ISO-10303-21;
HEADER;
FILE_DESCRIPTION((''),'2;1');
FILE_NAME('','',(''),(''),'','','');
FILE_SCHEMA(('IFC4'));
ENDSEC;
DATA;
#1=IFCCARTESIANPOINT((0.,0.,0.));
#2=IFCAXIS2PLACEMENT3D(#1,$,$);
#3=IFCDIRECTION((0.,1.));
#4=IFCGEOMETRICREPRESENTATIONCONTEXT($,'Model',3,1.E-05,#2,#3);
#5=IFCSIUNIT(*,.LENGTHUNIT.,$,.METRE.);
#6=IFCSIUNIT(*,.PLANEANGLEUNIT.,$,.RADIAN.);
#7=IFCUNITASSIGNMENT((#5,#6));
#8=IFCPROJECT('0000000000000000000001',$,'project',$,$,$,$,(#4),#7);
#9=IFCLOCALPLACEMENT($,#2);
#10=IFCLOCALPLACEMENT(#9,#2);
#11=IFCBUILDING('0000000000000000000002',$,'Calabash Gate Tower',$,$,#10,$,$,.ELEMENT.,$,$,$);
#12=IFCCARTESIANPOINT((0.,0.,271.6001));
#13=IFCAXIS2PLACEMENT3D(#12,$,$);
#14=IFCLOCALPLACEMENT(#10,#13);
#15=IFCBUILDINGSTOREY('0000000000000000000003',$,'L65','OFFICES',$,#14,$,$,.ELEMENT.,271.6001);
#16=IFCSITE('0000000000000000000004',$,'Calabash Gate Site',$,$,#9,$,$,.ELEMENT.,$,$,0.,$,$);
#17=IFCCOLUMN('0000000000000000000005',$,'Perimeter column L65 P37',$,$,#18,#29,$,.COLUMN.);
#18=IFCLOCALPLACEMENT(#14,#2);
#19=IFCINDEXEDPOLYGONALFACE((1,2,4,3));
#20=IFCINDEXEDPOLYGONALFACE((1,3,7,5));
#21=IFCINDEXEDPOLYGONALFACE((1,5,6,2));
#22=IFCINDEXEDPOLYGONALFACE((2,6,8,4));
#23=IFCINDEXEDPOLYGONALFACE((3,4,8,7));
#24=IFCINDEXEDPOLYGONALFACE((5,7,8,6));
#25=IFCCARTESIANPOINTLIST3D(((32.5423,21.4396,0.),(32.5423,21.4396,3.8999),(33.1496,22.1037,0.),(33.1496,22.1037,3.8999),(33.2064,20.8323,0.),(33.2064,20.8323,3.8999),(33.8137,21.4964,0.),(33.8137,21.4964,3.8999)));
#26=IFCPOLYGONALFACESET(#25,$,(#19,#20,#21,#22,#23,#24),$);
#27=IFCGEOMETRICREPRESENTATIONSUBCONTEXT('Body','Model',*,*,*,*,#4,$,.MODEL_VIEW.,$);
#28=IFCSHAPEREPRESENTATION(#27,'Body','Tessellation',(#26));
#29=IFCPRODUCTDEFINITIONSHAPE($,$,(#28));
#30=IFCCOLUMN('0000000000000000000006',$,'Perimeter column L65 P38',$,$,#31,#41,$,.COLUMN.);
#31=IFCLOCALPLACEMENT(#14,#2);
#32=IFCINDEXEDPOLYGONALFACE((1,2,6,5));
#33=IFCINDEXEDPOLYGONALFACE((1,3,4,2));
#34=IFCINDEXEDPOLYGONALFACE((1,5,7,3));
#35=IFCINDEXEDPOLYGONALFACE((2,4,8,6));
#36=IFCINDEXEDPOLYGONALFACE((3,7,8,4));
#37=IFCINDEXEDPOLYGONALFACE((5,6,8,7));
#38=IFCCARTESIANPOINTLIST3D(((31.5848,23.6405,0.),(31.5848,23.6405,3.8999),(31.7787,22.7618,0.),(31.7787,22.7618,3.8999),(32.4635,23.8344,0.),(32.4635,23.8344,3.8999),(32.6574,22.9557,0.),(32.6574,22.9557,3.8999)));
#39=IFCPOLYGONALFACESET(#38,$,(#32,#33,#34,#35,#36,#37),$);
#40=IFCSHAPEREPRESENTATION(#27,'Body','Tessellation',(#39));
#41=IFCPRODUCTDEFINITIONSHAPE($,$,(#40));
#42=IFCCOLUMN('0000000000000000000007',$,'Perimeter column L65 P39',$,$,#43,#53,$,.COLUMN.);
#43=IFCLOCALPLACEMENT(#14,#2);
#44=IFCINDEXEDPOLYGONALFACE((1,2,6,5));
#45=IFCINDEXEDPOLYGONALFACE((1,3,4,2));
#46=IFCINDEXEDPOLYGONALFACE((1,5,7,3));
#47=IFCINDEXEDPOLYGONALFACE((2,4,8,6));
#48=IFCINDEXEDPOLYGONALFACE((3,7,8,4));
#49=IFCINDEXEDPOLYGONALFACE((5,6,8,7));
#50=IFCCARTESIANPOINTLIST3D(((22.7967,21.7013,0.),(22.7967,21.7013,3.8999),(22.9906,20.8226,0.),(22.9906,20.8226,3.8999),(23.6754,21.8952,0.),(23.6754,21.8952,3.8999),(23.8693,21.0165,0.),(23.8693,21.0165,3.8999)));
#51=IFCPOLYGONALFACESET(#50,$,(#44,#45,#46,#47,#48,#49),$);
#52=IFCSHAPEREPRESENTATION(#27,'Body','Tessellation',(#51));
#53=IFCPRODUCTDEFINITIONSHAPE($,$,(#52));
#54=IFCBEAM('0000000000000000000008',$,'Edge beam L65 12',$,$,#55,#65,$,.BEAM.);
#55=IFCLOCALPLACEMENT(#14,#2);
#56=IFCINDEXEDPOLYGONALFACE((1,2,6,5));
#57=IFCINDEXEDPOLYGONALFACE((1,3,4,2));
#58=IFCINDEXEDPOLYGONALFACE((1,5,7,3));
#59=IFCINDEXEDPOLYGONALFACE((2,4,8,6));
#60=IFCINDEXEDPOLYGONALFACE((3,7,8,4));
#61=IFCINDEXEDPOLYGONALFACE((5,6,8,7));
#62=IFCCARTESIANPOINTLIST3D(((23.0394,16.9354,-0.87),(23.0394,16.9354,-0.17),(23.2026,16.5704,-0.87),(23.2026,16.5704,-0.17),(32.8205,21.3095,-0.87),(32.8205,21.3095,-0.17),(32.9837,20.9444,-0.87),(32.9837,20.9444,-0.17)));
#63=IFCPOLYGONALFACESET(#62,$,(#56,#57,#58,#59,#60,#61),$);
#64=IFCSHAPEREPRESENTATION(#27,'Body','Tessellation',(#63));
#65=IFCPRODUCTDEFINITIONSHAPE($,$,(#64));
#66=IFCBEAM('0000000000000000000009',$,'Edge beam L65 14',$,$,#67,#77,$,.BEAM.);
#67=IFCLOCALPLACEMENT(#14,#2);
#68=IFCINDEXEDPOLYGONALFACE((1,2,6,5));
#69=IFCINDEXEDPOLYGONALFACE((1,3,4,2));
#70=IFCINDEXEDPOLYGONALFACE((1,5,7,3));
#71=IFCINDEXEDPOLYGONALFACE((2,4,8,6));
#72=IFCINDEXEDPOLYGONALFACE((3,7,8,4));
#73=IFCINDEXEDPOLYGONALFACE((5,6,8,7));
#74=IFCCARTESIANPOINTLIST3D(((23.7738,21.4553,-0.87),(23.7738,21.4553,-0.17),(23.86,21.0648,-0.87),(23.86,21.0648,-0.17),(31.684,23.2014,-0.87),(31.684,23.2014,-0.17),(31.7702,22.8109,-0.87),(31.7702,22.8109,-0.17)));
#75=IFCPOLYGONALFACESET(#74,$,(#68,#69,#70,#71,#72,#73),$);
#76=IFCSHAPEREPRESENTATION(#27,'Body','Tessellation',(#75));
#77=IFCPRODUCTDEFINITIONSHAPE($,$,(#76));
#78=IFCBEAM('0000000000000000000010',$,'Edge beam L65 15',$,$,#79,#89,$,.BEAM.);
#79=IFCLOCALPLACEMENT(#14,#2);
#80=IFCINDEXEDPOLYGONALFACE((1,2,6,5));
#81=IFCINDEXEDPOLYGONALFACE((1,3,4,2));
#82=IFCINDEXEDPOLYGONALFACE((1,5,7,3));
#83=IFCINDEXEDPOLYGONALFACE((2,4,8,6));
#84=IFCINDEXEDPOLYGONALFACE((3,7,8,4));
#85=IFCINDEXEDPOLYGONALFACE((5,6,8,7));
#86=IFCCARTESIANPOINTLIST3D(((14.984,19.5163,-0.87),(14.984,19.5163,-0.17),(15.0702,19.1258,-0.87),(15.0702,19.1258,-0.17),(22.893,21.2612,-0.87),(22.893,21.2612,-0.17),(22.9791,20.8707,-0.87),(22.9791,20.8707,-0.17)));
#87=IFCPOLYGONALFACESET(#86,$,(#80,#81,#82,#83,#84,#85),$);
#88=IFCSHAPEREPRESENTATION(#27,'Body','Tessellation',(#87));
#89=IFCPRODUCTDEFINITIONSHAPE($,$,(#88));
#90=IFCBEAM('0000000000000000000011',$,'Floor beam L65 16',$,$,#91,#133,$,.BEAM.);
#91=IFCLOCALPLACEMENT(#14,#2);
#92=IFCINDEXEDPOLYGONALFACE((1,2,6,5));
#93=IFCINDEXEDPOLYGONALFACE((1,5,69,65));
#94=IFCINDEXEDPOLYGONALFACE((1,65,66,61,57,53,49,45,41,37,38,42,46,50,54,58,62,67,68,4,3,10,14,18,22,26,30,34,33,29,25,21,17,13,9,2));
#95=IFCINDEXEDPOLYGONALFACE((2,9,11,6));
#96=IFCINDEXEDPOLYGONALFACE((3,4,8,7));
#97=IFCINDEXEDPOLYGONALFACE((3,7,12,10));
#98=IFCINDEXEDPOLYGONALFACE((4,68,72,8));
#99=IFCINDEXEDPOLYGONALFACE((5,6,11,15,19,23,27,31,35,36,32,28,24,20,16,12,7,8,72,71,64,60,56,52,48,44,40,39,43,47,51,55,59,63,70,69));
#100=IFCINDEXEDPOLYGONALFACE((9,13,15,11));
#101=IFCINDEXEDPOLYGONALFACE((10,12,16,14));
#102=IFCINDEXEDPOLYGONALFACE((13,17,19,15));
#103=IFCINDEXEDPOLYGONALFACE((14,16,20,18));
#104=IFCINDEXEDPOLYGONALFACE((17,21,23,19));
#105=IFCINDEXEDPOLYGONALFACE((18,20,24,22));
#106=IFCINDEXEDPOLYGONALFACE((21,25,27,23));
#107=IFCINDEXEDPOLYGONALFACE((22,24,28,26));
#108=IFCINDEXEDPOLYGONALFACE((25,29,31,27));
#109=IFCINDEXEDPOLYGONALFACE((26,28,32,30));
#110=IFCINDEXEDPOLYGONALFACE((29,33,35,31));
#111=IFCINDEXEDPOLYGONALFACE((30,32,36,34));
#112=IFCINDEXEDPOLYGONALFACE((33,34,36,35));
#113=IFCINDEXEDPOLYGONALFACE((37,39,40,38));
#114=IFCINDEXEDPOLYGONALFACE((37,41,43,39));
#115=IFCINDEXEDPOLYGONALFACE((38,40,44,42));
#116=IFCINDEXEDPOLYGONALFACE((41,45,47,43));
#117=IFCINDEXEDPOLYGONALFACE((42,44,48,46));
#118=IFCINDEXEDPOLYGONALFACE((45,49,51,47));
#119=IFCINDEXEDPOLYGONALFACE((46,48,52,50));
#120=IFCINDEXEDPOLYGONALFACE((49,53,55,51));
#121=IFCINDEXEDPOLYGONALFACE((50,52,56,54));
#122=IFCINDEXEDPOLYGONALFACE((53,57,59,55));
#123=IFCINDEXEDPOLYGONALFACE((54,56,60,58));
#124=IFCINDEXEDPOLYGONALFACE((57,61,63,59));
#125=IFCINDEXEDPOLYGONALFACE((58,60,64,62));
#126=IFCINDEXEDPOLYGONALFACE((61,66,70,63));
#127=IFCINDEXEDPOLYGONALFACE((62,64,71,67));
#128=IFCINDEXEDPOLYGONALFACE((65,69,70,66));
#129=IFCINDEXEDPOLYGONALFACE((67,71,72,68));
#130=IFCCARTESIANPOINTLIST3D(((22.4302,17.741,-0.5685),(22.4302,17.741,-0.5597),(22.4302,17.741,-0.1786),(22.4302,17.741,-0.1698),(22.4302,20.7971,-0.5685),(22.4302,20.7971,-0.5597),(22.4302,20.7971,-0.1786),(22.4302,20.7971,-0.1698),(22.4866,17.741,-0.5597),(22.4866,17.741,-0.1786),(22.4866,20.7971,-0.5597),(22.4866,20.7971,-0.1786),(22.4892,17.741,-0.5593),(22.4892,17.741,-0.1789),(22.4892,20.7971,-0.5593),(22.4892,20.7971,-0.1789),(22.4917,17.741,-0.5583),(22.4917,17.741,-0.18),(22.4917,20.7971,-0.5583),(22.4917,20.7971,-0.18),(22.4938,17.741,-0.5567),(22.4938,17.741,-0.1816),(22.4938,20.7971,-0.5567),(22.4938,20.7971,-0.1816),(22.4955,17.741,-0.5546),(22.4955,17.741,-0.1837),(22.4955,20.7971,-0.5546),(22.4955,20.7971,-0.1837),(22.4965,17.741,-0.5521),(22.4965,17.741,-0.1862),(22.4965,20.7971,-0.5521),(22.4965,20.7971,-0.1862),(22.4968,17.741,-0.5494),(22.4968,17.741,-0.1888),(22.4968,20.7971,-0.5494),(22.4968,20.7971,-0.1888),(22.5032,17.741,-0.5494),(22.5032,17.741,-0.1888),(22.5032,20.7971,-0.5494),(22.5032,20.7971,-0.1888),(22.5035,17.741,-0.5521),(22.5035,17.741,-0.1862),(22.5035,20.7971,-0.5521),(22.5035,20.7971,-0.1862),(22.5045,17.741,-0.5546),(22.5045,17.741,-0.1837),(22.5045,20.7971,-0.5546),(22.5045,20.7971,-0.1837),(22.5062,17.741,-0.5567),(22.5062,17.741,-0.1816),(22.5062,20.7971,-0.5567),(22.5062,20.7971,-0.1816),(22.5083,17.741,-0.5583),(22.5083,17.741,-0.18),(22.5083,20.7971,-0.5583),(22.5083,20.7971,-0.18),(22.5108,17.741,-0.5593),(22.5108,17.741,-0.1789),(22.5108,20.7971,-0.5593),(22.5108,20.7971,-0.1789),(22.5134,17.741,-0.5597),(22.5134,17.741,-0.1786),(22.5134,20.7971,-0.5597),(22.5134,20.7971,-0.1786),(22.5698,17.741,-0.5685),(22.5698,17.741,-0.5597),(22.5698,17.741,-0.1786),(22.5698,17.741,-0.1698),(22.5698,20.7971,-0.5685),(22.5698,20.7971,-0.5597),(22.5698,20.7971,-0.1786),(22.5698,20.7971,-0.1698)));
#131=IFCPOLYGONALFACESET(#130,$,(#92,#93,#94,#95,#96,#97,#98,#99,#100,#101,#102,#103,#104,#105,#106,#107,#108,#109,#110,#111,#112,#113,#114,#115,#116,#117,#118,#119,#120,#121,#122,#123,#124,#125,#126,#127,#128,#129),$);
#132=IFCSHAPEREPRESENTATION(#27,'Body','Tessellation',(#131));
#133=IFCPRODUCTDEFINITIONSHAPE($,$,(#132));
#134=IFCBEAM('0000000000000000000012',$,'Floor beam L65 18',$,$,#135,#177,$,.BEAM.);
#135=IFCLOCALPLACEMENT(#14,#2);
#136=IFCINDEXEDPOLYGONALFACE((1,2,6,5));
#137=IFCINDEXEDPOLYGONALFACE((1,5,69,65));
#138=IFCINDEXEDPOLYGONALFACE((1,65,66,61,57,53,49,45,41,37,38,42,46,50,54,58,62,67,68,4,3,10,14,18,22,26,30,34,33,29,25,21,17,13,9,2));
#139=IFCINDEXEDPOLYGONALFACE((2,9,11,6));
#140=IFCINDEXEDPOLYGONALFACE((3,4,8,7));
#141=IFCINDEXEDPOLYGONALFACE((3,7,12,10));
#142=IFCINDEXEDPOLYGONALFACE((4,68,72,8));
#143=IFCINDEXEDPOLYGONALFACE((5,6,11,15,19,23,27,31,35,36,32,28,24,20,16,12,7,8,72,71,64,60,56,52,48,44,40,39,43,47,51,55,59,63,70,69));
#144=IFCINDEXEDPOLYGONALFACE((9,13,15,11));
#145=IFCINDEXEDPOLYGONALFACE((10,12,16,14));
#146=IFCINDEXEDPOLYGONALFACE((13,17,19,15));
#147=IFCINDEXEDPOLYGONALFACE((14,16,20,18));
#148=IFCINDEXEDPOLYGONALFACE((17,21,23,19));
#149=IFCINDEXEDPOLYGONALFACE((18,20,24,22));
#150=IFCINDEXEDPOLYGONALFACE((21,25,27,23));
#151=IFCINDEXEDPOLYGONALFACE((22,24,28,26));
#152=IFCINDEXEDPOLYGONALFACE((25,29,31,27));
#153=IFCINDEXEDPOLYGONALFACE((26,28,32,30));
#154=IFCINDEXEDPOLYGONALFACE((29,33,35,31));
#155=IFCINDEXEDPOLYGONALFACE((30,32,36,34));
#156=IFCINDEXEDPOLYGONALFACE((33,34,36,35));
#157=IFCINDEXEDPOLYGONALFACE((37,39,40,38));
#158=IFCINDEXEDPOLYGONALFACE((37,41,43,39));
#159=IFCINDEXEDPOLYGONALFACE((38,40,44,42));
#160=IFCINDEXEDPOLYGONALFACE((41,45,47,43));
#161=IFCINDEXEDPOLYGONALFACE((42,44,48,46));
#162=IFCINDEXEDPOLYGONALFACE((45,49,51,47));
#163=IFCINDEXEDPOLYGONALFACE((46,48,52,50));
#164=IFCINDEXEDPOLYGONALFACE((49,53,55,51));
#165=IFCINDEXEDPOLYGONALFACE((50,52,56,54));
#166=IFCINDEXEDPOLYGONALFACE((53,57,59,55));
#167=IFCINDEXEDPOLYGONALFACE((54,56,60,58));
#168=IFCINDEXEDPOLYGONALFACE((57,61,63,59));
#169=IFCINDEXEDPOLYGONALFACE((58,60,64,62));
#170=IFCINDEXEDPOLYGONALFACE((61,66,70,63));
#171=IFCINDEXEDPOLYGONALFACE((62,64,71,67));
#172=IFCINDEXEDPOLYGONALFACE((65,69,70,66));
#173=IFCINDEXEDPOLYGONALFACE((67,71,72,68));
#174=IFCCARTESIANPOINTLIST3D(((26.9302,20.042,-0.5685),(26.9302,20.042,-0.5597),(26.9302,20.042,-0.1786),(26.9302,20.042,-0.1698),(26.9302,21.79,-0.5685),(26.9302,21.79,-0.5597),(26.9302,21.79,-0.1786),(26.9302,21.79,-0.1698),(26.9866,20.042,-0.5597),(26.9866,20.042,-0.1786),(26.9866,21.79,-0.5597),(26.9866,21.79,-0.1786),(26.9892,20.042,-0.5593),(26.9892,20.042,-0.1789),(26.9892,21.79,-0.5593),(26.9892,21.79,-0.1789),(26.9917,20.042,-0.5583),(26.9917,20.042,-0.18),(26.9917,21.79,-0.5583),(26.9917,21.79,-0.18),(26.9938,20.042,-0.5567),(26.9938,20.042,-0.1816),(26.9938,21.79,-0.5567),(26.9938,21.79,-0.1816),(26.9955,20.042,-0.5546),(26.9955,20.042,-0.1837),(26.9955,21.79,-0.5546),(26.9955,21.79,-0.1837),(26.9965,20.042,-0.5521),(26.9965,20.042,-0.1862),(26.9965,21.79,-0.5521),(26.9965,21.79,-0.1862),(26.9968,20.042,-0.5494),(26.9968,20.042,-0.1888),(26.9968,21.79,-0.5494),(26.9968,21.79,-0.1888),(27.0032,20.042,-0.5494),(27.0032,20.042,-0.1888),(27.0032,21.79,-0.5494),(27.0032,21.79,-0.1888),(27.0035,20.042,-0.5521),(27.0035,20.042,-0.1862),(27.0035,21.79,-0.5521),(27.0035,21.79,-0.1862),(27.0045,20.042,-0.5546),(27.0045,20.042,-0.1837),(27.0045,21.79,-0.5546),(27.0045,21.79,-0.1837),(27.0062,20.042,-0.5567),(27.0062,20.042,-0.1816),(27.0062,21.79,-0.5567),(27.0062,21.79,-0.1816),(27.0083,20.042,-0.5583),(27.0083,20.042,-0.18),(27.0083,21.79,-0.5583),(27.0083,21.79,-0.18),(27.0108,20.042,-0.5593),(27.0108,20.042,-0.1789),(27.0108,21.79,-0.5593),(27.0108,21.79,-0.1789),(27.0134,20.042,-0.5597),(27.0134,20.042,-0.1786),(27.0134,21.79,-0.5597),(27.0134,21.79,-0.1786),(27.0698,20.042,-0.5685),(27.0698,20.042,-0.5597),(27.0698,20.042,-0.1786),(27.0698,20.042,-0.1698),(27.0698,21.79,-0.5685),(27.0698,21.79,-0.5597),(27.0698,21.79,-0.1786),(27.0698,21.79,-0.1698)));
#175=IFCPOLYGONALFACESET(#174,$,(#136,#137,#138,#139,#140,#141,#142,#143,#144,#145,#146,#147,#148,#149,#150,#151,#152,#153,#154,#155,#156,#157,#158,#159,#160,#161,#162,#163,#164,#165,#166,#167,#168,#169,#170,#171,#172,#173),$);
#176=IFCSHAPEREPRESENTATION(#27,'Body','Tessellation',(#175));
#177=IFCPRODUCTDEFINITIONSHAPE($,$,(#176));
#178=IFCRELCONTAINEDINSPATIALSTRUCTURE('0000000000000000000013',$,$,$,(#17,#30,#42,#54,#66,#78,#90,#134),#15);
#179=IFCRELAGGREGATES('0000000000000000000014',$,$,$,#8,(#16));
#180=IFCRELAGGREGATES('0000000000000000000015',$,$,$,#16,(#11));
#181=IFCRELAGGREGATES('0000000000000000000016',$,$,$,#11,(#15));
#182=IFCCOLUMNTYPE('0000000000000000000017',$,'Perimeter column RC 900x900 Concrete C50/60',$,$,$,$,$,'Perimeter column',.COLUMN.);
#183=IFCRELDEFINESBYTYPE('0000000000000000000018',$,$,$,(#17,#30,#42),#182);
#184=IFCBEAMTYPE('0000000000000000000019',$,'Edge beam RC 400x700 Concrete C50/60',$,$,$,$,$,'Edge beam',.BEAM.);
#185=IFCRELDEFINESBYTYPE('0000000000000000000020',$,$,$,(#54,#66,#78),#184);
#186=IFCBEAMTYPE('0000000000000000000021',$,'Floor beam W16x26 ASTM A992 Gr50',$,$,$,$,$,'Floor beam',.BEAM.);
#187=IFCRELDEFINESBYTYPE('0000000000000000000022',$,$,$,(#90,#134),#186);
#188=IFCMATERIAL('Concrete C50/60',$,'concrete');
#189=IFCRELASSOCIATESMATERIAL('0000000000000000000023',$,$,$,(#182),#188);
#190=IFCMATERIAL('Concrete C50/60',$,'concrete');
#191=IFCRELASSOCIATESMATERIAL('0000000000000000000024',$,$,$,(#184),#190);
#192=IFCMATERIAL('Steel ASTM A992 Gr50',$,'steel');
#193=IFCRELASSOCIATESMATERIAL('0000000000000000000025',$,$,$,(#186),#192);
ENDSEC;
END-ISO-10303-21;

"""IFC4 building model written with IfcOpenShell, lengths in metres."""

from ifc_helpers import new_model, si_unit, direction, frame, origin, origin_2d, place, context, subcontext, project, spatial, rectangle, i_section, extrude, material, material_profile, profile_set, type_object, element, save


model = new_model("IFC4")

# Units and contexts
model_context = context("Model", 3, precision=1e-05, world=origin(), true_north=direction((0.0, 1.0)))
body_context = subcontext(model_context, "Body", "Model", "MODEL_VIEW")
ifc_project = project(units=[si_unit("LENGTHUNIT", "METRE"), si_unit("PLANEANGLEUNIT", "RADIAN")], contexts=[model_context])

# Site, building, storey
site_placement = place(None, origin())
site = spatial("IfcSite", under=ifc_project, at=site_placement, Name="Calabash Gate Site", CompositionType="ELEMENT", RefElevation=0.0)
building_placement = place(site_placement, origin())
building = spatial("IfcBuilding", under=site, at=building_placement, Name="Calabash Gate Tower", CompositionType="ELEMENT")
storey_placement = place(building_placement, frame((0.0, 0.0, 271.6001)))
storey = spatial("IfcBuildingStorey", under=building, at=storey_placement, Name="L65", Description="OFFICES", CompositionType="ELEMENT", Elevation=271.6001)

# Columns
ifc_material_1 = material(Name="Concrete C50/60", Category="concrete")
ifc_material_profile_1 = material_profile(ifc_material_1, rectangle(XDim=0.8999, YDim=0.8999, at=origin_2d()))
ifc_profile_set_1 = profile_set([ifc_material_profile_1], Name="Concrete C50/60")
column_type = type_object("IfcColumnType", Name="Perimeter column RC 900x900 Concrete C50/60", ElementType="Perimeter column", PredefinedType="COLUMN", material=ifc_profile_set_1)
for number, where, z_axis, x_axis, name in (
    (1, (33.178, 21.468, 0.0), (0.0, 0.0, 1.0), (0.674856, 0.737949, 0.0), "Perimeter column L65 P37"),
    (2, (32.1211, 23.2981, 0.0), (0.0, 0.0, 1.0), (-0.976511, -0.215468, 0.0), "Perimeter column L65 P38"),
    (3, (23.333, 21.3589, 0.0), (0.0, 0.0, 1.0), (-0.976511, -0.215468, 0.0), "Perimeter column L65 P39"),
):
    element("IfcColumn", number, at=place(storey_placement, frame(where, z_axis=z_axis, x_axis=x_axis)), inside=storey, type_object=column_type, Name=name, PredefinedType="COLUMN", context=body_context, shape_type="SweptSolid", body=[
        extrude(rectangle(XDim=0.8999, YDim=0.8999, at=origin_2d()), origin(), (0.0, 0.0, 1.0), 3.8999),
    ])

# Beams
ifc_material_2 = material(Name="Concrete C50/60", Category="concrete")
ifc_material_profile_2 = material_profile(ifc_material_2, rectangle(XDim=0.3999, YDim=0.7, at=origin_2d()))
ifc_profile_set_2 = profile_set([ifc_material_profile_2], Name="Concrete C50/60")
beam_type_1 = type_object("IfcBeamType", Name="Edge beam RC 400x700 Concrete C50/60", ElementType="Edge beam", PredefinedType="BEAM", material=ifc_profile_set_2)
beam_1_placement = place(storey_placement, frame((32.9021, 21.127, -0.52), z_axis=(-0.912877, -0.408235, 0.0), x_axis=(0.408235, -0.912877, 0.0)))
element("IfcBeam", 4, at=beam_1_placement, inside=storey, type_object=beam_type_1, Name="Edge beam L65 12", PredefinedType="BEAM", context=body_context, shape_type="SweptSolid", body=[
    extrude(rectangle(XDim=0.3999, YDim=0.7, at=origin_2d()), origin(), (0.0, 0.0, 1.0), 10.7146),
])
beam_2_placement = place(storey_placement, frame((31.7271, 23.0061, -0.52), z_axis=(-0.976492, -0.215552, 0.0), x_axis=(0.215552, -0.976492, 0.0)))
element("IfcBeam", 5, at=beam_2_placement, inside=storey, type_object=beam_type_1, Name="Edge beam L65 14", PredefinedType="BEAM", context=body_context, shape_type="SweptSolid", body=[
    extrude(rectangle(XDim=0.3999, YDim=0.7, at=origin_2d()), origin(), (0.0, 0.0, 1.0), 8.1006),
])
beam_3_placement = place(storey_placement, frame((22.936, 21.0659, -0.52), z_axis=(-0.976517, -0.21544, 0.0), x_axis=(0.21544, -0.976517, 0.0)))
element("IfcBeam", 6, at=beam_3_placement, inside=storey, type_object=beam_type_1, Name="Edge beam L65 15", PredefinedType="BEAM", context=body_context, shape_type="SweptSolid", body=[
    extrude(rectangle(XDim=0.3999, YDim=0.7, at=origin_2d()), origin(), (0.0, 0.0, 1.0), 8.0991),
])
ifc_material_3 = material(Name="Steel ASTM A992 Gr50", Category="steel")
ifc_material_profile_3 = material_profile(ifc_material_3, i_section(OverallWidth=0.1396, OverallDepth=0.3987, WebThickness=0.0063, FlangeThickness=0.0088, FilletRadius=0.0103, at=origin_2d()))
ifc_profile_set_3 = profile_set([ifc_material_profile_3], Name="Steel ASTM A992 Gr50")
beam_type_2 = type_object("IfcBeamType", Name="Floor beam W16x26 ASTM A992 Gr50", ElementType="Floor beam", PredefinedType="BEAM", material=ifc_profile_set_3)
beam_4_placement = place(storey_placement, frame((22.5, 17.741, -0.3691), z_axis=(0.0, 1.0, 0.0), x_axis=(-1.0, 0.0, 0.0)))
element("IfcBeam", 7, at=beam_4_placement, inside=storey, type_object=beam_type_2, Name="Floor beam L65 16", PredefinedType="BEAM", context=body_context, shape_type="SweptSolid", body=[
    extrude(i_section(OverallWidth=0.1396, OverallDepth=0.3987, WebThickness=0.0063, FlangeThickness=0.0088, FilletRadius=0.0103, at=origin_2d()), origin(), (0.0, 0.0, 1.0), 3.0562),
])
beam_5_placement = place(storey_placement, frame((27.0, 20.042, -0.3691), z_axis=(0.0, 1.0, 0.0), x_axis=(-1.0, 0.0, 0.0)))
element("IfcBeam", 8, at=beam_5_placement, inside=storey, type_object=beam_type_2, Name="Floor beam L65 18", PredefinedType="BEAM", context=body_context, shape_type="SweptSolid", body=[
    extrude(i_section(OverallWidth=0.1396, OverallDepth=0.3987, WebThickness=0.0063, FlangeThickness=0.0088, FilletRadius=0.0103, at=origin_2d()), origin(), (0.0, 0.0, 1.0), 1.748),
])

save(model, "model.ifc")
